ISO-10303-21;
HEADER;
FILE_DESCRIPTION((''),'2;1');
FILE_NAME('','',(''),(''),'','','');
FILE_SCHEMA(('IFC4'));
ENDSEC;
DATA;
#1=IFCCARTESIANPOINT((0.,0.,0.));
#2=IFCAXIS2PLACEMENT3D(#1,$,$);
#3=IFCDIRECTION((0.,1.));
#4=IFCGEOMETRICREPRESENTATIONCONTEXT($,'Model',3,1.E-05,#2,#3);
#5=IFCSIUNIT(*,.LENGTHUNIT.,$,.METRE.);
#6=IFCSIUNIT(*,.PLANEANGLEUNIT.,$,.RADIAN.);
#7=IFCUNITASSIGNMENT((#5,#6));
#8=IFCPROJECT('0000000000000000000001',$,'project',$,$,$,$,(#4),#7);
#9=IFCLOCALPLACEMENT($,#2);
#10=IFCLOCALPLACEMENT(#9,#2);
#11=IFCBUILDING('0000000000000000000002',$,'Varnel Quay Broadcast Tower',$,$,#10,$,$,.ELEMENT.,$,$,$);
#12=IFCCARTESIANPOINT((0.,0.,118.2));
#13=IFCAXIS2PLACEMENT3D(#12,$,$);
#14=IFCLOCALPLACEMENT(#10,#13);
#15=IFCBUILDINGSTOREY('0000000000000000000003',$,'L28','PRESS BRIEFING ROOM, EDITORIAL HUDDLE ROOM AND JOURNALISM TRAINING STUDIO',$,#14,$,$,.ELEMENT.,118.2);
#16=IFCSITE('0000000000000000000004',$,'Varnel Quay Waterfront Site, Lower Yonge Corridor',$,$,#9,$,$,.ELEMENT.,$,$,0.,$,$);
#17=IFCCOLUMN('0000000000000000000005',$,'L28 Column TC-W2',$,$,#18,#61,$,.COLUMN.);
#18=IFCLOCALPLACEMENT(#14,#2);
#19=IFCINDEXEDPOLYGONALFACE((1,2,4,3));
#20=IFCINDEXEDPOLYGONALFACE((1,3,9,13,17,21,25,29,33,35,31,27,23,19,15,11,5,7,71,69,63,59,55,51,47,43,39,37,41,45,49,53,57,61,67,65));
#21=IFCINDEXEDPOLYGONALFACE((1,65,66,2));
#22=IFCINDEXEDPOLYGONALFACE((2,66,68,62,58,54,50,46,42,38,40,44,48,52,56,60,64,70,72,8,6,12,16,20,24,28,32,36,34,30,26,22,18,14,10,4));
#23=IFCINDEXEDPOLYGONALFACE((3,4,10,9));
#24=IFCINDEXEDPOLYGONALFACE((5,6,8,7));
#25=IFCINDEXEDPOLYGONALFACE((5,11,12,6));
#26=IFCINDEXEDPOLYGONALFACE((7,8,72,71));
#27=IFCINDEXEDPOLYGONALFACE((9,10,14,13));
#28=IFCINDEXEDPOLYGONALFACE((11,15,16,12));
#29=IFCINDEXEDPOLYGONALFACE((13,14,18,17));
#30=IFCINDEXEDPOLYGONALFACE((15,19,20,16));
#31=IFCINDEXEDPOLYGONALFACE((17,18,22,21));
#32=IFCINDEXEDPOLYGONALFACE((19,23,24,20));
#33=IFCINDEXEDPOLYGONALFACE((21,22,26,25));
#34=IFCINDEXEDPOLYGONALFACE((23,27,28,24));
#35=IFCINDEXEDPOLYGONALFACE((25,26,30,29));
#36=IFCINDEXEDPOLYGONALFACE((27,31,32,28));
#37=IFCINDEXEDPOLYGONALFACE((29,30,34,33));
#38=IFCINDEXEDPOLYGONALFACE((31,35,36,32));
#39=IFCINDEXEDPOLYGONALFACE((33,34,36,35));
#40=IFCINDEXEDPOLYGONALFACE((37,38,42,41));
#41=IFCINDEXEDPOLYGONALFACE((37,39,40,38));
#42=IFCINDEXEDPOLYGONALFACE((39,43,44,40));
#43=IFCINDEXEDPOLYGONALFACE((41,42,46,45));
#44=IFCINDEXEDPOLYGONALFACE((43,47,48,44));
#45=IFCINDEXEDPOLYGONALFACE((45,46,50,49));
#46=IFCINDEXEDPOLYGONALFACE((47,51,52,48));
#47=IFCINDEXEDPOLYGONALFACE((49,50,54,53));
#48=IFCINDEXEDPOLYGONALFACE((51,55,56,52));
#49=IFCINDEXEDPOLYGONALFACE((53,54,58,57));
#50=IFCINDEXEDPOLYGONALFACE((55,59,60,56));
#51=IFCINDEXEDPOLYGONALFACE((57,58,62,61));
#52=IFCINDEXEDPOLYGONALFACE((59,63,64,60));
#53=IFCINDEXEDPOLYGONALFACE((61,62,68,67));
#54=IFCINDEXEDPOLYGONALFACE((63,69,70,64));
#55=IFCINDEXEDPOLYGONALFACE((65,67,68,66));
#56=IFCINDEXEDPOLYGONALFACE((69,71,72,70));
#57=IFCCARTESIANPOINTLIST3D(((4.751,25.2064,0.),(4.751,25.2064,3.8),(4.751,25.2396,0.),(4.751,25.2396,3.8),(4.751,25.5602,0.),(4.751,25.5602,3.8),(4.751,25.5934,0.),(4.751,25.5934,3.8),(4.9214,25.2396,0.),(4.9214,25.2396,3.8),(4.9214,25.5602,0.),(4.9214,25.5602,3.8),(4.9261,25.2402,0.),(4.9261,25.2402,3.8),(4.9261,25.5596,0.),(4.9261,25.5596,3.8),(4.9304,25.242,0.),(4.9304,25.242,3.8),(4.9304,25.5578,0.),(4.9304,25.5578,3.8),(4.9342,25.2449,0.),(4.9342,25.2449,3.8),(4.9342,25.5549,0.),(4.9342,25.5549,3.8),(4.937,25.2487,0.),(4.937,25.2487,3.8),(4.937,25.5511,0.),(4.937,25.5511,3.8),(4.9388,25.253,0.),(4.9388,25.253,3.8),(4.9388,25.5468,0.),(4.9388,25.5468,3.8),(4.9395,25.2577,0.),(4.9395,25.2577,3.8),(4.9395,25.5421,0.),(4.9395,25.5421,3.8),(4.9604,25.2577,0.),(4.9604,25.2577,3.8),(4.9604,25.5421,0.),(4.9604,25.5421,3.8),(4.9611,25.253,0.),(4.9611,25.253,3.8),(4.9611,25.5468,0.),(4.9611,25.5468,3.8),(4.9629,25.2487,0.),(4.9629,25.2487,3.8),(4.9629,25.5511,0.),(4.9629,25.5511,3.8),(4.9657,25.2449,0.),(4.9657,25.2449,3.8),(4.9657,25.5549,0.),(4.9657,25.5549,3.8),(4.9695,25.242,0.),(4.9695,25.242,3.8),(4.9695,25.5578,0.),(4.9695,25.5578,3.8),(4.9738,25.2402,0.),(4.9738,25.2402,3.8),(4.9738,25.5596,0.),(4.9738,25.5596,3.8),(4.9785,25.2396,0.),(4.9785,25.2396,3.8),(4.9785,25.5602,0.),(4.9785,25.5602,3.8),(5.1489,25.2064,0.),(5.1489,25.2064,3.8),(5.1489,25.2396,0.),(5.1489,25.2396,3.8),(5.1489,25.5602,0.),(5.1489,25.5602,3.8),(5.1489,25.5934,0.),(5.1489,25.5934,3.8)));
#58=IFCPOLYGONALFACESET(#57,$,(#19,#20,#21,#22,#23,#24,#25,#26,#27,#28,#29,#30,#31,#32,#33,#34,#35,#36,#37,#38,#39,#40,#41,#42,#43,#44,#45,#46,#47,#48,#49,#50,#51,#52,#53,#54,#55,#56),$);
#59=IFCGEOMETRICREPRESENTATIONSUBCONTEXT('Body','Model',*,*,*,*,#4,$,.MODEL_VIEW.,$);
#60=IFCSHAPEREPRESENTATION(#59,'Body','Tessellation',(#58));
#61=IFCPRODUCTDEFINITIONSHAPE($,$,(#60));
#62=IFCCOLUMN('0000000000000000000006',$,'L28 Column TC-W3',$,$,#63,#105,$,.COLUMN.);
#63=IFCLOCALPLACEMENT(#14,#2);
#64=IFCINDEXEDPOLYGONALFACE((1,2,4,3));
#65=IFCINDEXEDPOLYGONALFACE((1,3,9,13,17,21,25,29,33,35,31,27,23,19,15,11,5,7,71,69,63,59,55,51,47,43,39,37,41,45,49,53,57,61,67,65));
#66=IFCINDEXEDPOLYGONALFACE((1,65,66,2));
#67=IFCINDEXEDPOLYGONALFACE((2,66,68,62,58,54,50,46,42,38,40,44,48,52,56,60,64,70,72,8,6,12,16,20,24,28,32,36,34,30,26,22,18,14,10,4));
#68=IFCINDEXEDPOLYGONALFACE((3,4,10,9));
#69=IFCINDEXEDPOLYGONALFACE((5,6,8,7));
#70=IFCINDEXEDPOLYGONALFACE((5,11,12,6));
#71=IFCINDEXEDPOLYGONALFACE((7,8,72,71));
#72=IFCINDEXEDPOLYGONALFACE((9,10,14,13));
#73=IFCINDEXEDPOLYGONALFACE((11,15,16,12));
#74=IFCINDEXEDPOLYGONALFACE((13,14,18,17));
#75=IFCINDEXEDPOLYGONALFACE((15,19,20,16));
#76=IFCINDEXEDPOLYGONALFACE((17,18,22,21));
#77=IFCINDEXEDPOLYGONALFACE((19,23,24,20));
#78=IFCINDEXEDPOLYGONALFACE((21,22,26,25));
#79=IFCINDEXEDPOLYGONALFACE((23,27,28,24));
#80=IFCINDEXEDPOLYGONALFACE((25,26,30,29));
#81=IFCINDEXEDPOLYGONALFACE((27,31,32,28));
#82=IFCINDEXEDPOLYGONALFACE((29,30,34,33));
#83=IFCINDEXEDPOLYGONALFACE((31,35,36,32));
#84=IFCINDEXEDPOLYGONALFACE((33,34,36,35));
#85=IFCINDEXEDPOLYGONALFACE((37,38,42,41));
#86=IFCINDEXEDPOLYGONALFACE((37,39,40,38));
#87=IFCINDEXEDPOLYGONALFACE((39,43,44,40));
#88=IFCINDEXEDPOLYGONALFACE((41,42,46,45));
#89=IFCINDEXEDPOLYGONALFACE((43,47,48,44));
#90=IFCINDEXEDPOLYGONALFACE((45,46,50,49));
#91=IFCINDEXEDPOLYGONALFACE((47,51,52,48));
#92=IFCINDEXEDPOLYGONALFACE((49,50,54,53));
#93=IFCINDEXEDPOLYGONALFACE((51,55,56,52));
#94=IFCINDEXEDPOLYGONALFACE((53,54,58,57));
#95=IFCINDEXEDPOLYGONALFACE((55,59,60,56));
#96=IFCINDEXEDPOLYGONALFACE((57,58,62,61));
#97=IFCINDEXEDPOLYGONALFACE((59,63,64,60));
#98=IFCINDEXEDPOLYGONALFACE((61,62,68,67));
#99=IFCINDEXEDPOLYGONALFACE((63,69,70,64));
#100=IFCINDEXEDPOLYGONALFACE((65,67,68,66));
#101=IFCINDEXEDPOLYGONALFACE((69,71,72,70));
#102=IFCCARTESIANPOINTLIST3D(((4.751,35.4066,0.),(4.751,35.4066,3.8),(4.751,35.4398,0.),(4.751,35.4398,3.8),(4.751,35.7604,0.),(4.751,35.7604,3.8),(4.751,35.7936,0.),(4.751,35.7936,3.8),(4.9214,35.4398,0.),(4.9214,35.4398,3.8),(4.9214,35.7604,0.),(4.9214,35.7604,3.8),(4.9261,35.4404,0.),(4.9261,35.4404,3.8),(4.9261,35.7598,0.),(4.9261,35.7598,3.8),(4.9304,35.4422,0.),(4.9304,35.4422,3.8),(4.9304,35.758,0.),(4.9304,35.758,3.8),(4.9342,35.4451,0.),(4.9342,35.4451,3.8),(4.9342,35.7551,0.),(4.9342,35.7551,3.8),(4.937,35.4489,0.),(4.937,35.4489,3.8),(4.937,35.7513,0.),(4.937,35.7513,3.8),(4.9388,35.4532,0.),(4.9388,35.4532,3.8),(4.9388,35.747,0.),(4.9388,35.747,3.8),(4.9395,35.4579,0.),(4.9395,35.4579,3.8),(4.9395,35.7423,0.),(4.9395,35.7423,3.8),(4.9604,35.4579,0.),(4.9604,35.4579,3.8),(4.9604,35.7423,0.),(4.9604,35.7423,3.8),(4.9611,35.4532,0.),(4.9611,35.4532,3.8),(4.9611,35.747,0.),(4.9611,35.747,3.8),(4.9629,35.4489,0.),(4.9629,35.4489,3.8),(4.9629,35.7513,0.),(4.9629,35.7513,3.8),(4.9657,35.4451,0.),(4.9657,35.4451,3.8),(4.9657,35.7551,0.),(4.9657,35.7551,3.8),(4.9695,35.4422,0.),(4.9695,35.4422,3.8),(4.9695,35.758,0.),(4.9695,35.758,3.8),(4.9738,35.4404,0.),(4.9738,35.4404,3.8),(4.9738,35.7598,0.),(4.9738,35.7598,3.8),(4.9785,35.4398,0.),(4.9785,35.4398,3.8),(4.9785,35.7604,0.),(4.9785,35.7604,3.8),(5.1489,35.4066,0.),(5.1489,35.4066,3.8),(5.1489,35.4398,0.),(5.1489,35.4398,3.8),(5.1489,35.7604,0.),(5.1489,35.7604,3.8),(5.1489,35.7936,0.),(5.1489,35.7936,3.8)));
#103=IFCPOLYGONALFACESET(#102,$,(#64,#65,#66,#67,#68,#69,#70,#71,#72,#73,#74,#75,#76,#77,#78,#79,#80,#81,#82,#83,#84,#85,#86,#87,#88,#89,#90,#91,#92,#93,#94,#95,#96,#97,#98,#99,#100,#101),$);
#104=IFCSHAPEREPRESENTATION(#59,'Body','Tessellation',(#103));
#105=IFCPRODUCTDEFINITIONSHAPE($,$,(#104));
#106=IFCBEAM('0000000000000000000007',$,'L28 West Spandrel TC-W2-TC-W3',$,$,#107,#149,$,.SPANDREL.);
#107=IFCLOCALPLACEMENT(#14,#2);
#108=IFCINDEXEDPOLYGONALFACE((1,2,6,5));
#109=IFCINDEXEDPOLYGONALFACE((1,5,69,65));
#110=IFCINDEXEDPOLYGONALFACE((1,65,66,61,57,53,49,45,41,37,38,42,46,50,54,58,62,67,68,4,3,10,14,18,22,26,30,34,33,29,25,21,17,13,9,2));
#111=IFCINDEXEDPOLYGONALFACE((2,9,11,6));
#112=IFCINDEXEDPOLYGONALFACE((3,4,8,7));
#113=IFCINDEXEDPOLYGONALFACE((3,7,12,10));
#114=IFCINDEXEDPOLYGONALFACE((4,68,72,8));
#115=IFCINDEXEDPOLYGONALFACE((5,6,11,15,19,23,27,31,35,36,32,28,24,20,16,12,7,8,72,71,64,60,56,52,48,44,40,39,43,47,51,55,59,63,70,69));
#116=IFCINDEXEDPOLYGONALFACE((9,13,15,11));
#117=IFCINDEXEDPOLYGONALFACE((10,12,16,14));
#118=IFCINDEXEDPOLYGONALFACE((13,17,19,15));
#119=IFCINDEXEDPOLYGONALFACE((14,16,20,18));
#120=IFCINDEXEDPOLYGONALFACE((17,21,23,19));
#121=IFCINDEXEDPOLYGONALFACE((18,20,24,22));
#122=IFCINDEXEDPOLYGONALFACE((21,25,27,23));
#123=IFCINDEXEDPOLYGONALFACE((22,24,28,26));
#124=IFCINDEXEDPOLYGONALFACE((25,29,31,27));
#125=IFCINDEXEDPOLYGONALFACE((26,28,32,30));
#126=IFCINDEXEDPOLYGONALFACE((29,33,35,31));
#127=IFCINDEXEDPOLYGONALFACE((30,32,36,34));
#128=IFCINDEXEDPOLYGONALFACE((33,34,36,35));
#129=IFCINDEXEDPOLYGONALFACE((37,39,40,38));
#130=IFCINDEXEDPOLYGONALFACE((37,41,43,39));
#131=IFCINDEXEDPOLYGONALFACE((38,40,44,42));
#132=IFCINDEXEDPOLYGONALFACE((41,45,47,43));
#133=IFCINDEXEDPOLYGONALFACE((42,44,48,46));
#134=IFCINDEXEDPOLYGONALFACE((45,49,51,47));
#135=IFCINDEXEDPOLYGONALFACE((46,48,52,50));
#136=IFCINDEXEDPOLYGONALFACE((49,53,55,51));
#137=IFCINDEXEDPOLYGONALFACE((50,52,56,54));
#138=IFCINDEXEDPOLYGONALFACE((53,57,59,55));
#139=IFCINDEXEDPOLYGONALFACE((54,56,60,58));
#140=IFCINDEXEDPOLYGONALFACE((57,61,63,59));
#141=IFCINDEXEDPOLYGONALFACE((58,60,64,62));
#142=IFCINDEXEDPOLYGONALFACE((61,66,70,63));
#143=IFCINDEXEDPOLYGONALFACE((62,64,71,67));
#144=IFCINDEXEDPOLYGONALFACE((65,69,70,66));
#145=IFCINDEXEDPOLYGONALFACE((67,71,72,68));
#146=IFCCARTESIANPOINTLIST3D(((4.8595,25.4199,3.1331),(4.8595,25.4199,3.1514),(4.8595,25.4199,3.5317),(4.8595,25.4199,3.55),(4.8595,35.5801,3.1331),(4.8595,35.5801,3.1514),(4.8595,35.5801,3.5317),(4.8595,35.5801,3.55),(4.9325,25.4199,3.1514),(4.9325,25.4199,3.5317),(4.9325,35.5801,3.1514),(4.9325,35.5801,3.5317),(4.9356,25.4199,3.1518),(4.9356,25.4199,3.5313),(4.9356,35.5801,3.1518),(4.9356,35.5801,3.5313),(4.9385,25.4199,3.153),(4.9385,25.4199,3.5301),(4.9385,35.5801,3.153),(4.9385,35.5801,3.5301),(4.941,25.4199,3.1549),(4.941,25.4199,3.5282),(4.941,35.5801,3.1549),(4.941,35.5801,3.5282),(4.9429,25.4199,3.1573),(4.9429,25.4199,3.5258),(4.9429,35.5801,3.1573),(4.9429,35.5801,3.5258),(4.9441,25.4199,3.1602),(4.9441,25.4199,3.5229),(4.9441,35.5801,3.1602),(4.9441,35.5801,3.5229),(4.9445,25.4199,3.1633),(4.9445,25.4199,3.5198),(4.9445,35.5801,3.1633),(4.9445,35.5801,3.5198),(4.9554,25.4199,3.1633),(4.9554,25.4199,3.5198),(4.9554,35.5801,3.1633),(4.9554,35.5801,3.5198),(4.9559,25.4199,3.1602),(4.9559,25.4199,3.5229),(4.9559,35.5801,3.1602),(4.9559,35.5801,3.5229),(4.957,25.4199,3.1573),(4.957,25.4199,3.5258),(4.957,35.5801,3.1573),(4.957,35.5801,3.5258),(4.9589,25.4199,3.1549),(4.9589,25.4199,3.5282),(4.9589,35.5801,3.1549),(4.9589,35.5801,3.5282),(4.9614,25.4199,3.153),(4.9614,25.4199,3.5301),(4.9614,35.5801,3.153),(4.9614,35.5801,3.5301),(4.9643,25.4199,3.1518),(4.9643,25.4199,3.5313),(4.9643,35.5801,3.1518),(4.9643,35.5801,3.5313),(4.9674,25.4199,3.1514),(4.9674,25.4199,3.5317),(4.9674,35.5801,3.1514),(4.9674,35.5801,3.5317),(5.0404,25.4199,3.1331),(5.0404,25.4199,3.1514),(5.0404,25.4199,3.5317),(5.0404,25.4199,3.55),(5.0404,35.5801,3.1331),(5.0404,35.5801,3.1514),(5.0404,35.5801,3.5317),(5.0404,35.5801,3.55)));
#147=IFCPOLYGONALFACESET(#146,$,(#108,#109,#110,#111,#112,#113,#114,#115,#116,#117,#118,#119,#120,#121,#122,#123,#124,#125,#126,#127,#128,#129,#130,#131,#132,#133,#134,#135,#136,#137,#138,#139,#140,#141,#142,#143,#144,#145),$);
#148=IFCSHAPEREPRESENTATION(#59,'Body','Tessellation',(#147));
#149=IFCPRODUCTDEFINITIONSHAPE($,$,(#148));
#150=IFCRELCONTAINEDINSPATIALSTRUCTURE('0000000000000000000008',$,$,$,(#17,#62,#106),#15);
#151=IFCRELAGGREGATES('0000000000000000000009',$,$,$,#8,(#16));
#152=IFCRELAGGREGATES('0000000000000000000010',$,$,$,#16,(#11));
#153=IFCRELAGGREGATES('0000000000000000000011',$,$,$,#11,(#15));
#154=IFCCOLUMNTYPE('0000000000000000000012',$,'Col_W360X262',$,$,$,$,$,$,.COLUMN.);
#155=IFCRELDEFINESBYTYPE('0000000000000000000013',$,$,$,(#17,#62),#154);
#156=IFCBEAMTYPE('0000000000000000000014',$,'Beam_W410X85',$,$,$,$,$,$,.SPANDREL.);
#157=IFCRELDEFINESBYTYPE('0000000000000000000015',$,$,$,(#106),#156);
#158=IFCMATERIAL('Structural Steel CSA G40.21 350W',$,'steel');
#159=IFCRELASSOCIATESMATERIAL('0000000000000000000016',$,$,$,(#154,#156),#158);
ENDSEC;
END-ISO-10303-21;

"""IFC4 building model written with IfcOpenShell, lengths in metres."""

from ifc_helpers import new_model, si_unit, direction, frame, origin, origin_2d, place, context, subcontext, project, spatial, i_section, extrude, source, transform, mapped, material, material_profile, profile_set, type_object, type_shapes, element, save


model = new_model("IFC4")

# Units and contexts
model_context = context("Model", 3, precision=1e-05, world=origin(), true_north=direction((0.0, 1.0)))
body_context = subcontext(model_context, "Body", "Model", "MODEL_VIEW")
ifc_project = project(units=[si_unit("LENGTHUNIT", "METRE"), si_unit("PLANEANGLEUNIT", "RADIAN")], contexts=[model_context])

# Site, building, storey
site_placement = place(None, origin())
site = spatial("IfcSite", under=ifc_project, at=site_placement, Name="Varnel Quay Waterfront Site, Lower Yonge Corridor", CompositionType="ELEMENT", RefElevation=0.0)
building_placement = place(site_placement, origin())
building = spatial("IfcBuilding", under=site, at=building_placement, Name="Varnel Quay Broadcast Tower", CompositionType="ELEMENT")
storey_placement = place(building_placement, frame((0.0, 0.0, 118.2)))
storey = spatial("IfcBuildingStorey", under=building, at=storey_placement, Name="L28", Description="PRESS BRIEFING ROOM, EDITORIAL HUDDLE ROOM AND JOURNALISM TRAINING STUDIO", CompositionType="ELEMENT", Elevation=118.2)

# Columns
ifc_material_1 = material(Name="Structural Steel CSA G40.21 350W", Category="steel")
ifc_material_profile_1 = material_profile(ifc_material_1, i_section(OverallWidth=0.3979, OverallDepth=0.387, WebThickness=0.021, FlangeThickness=0.0332, FilletRadius=0.0181, at=origin_2d()), Name="W360X262")
ifc_profile_set_1 = profile_set([ifc_material_profile_1], Name="Structural Steel CSA G40.21 350W")
column_type = type_object("IfcColumnType", Name="Col_W360X262", PredefinedType="COLUMN", material=ifc_profile_set_1)
shared_shape_1 = source(origin(), body_context, "Body", "SweptSolid", [
    extrude(i_section(OverallWidth=0.3979, OverallDepth=0.387, WebThickness=0.021, FlangeThickness=0.0332, FilletRadius=0.0181, at=origin_2d()), origin(), (0.0, 0.0, 1.0), 3.8),
])
type_shapes(column_type, [shared_shape_1])
for number, where, z_axis, x_axis, name in (
    (1, (4.95, 25.3999, 0.0), (0.0, 0.0, 1.0), (1.0, 0.0, 0.0), "L28 Column TC-W2"),
    (2, (4.95, 35.6001, 0.0), (0.0, 0.0, 1.0), (1.0, 0.0, 0.0), "L28 Column TC-W3"),
):
    element("IfcColumn", number, at=place(storey_placement, frame(where, z_axis=z_axis, x_axis=x_axis)), inside=storey, type_object=column_type, Name=name, PredefinedType="COLUMN", context=body_context, shape_type="MappedRepresentation", body=[
        mapped(shared_shape_1, transform((0.0, 0.0, 0.0), x_axis=(1.0, 0.0, 0.0), y_axis=(0.0, 1.0, 0.0), z_axis=(0.0, 0.0, 1.0), scale=1.0)),
    ])

# Beam
ifc_material_profile_2 = material_profile(ifc_material_1, i_section(OverallWidth=0.1809, OverallDepth=0.417, WebThickness=0.011, FlangeThickness=0.0183, FilletRadius=0.012, at=origin_2d()), Name="W410X85")
ifc_profile_set_2 = profile_set([ifc_material_profile_2], Name="Structural Steel CSA G40.21 350W")
beam_type_1 = type_object("IfcBeamType", Name="Beam_W410X85", PredefinedType="SPANDREL", material=ifc_profile_set_2)
shared_shape_2 = source(origin(), body_context, "Body", "SweptSolid", [
    extrude(i_section(OverallWidth=0.1809, OverallDepth=0.417, WebThickness=0.011, FlangeThickness=0.0183, FilletRadius=0.012, at=origin_2d()), origin(), (0.0, 0.0, 1.0), 10.1602),
])
type_shapes(beam_type_1, [shared_shape_2])
beam_1_placement = place(storey_placement, frame((4.95, 25.4199, 3.3416), z_axis=(0.0, 1.0, 0.0), x_axis=(-1.0, 0.0, 0.0)))
element("IfcBeam", 3, at=beam_1_placement, inside=storey, type_object=beam_type_1, Name="L28 West Spandrel TC-W2-TC-W3", PredefinedType="SPANDREL", context=body_context, shape_type="MappedRepresentation", body=[
    mapped(shared_shape_2, transform((0.0, 0.0, 0.0), x_axis=(1.0, 0.0, 0.0), y_axis=(0.0, 1.0, 0.0), z_axis=(0.0, 0.0, 1.0), scale=1.0)),
])

save(model, "model.ifc")
